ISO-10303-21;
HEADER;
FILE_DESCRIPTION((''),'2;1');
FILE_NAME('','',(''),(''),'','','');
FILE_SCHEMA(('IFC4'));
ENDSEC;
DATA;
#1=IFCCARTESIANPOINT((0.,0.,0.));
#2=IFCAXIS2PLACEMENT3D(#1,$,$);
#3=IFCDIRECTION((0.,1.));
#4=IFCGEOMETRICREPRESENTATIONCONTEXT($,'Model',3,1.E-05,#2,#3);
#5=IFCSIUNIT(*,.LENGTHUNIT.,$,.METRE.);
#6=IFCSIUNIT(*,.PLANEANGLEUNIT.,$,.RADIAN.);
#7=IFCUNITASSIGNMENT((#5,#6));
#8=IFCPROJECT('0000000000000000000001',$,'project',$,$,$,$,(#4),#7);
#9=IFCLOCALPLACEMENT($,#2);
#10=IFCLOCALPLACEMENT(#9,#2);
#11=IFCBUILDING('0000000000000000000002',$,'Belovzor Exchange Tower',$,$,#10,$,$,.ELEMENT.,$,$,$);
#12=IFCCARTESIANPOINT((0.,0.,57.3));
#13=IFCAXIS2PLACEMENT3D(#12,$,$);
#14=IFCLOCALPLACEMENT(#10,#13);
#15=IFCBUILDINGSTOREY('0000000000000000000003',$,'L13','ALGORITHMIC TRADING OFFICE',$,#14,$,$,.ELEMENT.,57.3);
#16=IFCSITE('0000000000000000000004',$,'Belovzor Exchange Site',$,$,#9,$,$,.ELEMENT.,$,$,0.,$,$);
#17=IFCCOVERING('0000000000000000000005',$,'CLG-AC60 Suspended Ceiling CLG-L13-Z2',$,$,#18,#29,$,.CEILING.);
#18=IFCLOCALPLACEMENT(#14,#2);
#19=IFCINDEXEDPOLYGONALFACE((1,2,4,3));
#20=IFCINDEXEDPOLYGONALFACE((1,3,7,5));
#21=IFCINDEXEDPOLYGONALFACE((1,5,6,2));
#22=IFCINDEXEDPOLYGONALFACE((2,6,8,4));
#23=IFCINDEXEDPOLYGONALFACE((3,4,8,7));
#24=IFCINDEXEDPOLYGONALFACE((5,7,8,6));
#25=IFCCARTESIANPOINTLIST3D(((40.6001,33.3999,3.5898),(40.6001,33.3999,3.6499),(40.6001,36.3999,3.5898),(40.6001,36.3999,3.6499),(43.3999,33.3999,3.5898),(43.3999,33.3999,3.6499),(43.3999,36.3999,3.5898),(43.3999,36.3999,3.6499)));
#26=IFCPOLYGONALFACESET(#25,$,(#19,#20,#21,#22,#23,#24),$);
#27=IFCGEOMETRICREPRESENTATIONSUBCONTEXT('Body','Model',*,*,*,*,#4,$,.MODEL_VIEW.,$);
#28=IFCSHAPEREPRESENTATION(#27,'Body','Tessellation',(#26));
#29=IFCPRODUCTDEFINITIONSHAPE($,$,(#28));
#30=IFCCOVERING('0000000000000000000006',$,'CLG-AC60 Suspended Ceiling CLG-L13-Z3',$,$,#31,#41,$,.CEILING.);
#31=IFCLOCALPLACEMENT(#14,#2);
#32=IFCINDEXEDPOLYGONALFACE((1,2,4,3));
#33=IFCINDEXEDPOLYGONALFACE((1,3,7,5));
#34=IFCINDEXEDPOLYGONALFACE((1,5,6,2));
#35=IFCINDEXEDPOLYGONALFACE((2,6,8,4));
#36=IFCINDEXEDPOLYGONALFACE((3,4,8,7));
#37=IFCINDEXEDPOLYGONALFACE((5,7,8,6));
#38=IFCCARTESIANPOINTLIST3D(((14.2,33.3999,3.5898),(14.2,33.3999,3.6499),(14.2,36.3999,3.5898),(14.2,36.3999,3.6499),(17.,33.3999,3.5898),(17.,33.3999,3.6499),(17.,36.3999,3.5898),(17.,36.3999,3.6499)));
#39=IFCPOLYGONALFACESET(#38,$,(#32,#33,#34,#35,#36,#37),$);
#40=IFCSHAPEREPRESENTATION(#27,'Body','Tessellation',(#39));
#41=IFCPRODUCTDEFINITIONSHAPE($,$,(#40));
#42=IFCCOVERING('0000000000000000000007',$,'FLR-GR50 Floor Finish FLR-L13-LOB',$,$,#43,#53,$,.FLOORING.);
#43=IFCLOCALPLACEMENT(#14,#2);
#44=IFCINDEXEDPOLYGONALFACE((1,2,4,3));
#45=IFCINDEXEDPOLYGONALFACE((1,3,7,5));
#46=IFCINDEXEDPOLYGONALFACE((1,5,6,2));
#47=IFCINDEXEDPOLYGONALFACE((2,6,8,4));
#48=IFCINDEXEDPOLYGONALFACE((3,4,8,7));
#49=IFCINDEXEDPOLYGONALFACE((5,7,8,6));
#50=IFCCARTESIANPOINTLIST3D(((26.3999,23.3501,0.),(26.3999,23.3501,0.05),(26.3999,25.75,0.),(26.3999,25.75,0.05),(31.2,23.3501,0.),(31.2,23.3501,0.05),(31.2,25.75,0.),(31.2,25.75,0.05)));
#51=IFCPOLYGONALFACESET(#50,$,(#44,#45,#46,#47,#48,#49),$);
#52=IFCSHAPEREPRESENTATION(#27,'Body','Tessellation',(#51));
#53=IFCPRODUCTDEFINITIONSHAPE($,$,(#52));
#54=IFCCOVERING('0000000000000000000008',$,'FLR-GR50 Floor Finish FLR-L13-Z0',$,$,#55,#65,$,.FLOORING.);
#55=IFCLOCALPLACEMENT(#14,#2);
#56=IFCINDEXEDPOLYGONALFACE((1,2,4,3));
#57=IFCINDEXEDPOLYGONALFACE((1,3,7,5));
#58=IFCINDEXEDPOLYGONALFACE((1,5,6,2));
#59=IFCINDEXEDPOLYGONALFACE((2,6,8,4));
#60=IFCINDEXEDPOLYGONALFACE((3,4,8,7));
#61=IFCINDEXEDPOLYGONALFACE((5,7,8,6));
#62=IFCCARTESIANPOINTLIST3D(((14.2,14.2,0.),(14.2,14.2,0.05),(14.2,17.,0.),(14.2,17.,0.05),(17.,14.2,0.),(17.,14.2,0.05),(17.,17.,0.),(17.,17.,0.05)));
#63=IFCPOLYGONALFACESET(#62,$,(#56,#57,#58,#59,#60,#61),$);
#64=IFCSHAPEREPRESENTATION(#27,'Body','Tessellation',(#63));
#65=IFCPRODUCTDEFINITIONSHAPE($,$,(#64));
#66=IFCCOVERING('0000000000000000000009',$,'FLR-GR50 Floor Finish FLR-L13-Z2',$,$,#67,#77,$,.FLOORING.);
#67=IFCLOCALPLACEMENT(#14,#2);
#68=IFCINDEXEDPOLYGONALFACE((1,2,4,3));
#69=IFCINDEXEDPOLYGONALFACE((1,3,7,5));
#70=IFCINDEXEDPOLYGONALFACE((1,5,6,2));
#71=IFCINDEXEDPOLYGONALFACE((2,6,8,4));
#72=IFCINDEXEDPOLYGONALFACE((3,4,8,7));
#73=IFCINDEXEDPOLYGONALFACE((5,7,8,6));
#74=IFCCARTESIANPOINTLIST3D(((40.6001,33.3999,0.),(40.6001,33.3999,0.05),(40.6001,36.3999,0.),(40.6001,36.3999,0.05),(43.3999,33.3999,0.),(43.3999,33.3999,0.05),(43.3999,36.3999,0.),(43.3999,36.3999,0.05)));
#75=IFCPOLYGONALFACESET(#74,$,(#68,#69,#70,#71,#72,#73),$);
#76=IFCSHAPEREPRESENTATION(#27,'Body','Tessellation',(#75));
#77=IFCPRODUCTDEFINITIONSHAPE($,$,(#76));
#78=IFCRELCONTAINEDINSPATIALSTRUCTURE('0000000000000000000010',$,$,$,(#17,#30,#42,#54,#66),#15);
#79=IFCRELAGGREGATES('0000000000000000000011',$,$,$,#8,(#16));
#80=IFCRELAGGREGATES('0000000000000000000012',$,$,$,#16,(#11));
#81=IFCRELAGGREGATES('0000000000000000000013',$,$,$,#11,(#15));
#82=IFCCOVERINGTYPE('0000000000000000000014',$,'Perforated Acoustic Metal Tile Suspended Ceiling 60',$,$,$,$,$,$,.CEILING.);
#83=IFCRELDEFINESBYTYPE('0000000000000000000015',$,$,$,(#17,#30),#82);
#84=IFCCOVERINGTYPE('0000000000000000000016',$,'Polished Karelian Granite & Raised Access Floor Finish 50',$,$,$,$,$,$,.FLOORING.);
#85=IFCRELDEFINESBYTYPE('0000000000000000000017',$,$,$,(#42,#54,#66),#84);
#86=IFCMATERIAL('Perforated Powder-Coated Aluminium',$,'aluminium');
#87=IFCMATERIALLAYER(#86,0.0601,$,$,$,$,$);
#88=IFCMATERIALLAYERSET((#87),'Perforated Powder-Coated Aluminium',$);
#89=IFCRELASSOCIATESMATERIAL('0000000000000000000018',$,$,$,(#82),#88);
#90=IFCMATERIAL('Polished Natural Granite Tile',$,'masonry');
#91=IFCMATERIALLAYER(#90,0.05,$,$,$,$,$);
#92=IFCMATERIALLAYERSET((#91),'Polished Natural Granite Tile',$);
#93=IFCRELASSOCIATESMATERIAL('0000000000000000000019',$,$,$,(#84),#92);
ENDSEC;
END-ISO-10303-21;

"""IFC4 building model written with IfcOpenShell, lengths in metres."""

from ifc_helpers import new_model, si_unit, direction, frame, origin, place, context, subcontext, project, spatial, polyline, outline, extrude, material, layer, layer_set, type_object, element, save


model = new_model("IFC4")

# Units and contexts
model_context = context("Model", 3, precision=1e-05, world=origin(), true_north=direction((0.0, 1.0)))
body_context = subcontext(model_context, "Body", "Model", "MODEL_VIEW")
ifc_project = project(units=[si_unit("LENGTHUNIT", "METRE"), si_unit("PLANEANGLEUNIT", "RADIAN")], contexts=[model_context])

# Site, building, storey
site_placement = place(None, origin())
site = spatial("IfcSite", under=ifc_project, at=site_placement, Name="Belovzor Exchange Site", CompositionType="ELEMENT", RefElevation=0.0)
building_placement = place(site_placement, origin())
building = spatial("IfcBuilding", under=site, at=building_placement, Name="Belovzor Exchange Tower", CompositionType="ELEMENT")
storey_placement = place(building_placement, frame((0.0, 0.0, 57.3)))
storey = spatial("IfcBuildingStorey", under=building, at=storey_placement, Name="L13", Description="ALGORITHMIC TRADING OFFICE", CompositionType="ELEMENT", Elevation=57.3)

# Coverings
ifc_material_1 = material(Name="Perforated Powder-Coated Aluminium", Category="aluminium")
ifc_layer_1 = layer(ifc_material_1, 0.0601)
ifc_layer_set_1 = layer_set([ifc_layer_1], Name="Perforated Powder-Coated Aluminium")
covering_type_1 = type_object("IfcCoveringType", Name="Perforated Acoustic Metal Tile Suspended Ceiling 60", PredefinedType="CEILING", material=ifc_layer_set_1)
covering_1_placement = place(storey_placement, frame((0.0, 0.0, 3.5898)))
element("IfcCovering", 1, at=covering_1_placement, inside=storey, type_object=covering_type_1, Name="CLG-AC60 Suspended Ceiling CLG-L13-Z2", PredefinedType="CEILING", context=body_context, shape_type="SweptSolid", body=[
    extrude(outline(polyline([(40.6001, 33.3999), (43.3999, 33.3999), (43.3999, 36.3999), (40.6001, 36.3999), (40.6001, 33.3999)])), origin(), (0.0, 0.0, 1.0), 0.0601),
])
covering_2_placement = place(storey_placement, frame((0.0, 0.0, 3.5898)))
element("IfcCovering", 2, at=covering_2_placement, inside=storey, type_object=covering_type_1, Name="CLG-AC60 Suspended Ceiling CLG-L13-Z3", PredefinedType="CEILING", context=body_context, shape_type="SweptSolid", body=[
    extrude(outline(polyline([(14.2, 33.3999), (17.0, 33.3999), (17.0, 36.3999), (14.2, 36.3999), (14.2, 33.3999)])), origin(), (0.0, 0.0, 1.0), 0.0601),
])
ifc_material_2 = material(Name="Polished Natural Granite Tile", Category="masonry")
ifc_layer_2 = layer(ifc_material_2, 0.05)
ifc_layer_set_2 = layer_set([ifc_layer_2], Name="Polished Natural Granite Tile")
covering_type_2 = type_object("IfcCoveringType", Name="Polished Karelian Granite & Raised Access Floor Finish 50", PredefinedType="FLOORING", material=ifc_layer_set_2)
covering_3_placement = place(storey_placement, origin())
element("IfcCovering", 3, at=covering_3_placement, inside=storey, type_object=covering_type_2, Name="FLR-GR50 Floor Finish FLR-L13-LOB", PredefinedType="FLOORING", context=body_context, shape_type="SweptSolid", body=[
    extrude(outline(polyline([(26.3999, 23.3501), (31.2, 23.3501), (31.2, 25.75), (26.3999, 25.75), (26.3999, 23.3501)])), origin(), (0.0, 0.0, 1.0), 0.05),
])
covering_4_placement = place(storey_placement, origin())
element("IfcCovering", 4, at=covering_4_placement, inside=storey, type_object=covering_type_2, Name="FLR-GR50 Floor Finish FLR-L13-Z0", PredefinedType="FLOORING", context=body_context, shape_type="SweptSolid", body=[
    extrude(outline(polyline([(14.2, 14.2), (17.0, 14.2), (17.0, 17.0), (14.2, 17.0), (14.2, 14.2)])), origin(), (0.0, 0.0, 1.0), 0.05),
])
covering_5_placement = place(storey_placement, origin())
element("IfcCovering", 5, at=covering_5_placement, inside=storey, type_object=covering_type_2, Name="FLR-GR50 Floor Finish FLR-L13-Z2", PredefinedType="FLOORING", context=body_context, shape_type="SweptSolid", body=[
    extrude(outline(polyline([(40.6001, 33.3999), (43.3999, 33.3999), (43.3999, 36.3999), (40.6001, 36.3999), (40.6001, 33.3999)])), origin(), (0.0, 0.0, 1.0), 0.05),
])

save(model, "model.ifc")
